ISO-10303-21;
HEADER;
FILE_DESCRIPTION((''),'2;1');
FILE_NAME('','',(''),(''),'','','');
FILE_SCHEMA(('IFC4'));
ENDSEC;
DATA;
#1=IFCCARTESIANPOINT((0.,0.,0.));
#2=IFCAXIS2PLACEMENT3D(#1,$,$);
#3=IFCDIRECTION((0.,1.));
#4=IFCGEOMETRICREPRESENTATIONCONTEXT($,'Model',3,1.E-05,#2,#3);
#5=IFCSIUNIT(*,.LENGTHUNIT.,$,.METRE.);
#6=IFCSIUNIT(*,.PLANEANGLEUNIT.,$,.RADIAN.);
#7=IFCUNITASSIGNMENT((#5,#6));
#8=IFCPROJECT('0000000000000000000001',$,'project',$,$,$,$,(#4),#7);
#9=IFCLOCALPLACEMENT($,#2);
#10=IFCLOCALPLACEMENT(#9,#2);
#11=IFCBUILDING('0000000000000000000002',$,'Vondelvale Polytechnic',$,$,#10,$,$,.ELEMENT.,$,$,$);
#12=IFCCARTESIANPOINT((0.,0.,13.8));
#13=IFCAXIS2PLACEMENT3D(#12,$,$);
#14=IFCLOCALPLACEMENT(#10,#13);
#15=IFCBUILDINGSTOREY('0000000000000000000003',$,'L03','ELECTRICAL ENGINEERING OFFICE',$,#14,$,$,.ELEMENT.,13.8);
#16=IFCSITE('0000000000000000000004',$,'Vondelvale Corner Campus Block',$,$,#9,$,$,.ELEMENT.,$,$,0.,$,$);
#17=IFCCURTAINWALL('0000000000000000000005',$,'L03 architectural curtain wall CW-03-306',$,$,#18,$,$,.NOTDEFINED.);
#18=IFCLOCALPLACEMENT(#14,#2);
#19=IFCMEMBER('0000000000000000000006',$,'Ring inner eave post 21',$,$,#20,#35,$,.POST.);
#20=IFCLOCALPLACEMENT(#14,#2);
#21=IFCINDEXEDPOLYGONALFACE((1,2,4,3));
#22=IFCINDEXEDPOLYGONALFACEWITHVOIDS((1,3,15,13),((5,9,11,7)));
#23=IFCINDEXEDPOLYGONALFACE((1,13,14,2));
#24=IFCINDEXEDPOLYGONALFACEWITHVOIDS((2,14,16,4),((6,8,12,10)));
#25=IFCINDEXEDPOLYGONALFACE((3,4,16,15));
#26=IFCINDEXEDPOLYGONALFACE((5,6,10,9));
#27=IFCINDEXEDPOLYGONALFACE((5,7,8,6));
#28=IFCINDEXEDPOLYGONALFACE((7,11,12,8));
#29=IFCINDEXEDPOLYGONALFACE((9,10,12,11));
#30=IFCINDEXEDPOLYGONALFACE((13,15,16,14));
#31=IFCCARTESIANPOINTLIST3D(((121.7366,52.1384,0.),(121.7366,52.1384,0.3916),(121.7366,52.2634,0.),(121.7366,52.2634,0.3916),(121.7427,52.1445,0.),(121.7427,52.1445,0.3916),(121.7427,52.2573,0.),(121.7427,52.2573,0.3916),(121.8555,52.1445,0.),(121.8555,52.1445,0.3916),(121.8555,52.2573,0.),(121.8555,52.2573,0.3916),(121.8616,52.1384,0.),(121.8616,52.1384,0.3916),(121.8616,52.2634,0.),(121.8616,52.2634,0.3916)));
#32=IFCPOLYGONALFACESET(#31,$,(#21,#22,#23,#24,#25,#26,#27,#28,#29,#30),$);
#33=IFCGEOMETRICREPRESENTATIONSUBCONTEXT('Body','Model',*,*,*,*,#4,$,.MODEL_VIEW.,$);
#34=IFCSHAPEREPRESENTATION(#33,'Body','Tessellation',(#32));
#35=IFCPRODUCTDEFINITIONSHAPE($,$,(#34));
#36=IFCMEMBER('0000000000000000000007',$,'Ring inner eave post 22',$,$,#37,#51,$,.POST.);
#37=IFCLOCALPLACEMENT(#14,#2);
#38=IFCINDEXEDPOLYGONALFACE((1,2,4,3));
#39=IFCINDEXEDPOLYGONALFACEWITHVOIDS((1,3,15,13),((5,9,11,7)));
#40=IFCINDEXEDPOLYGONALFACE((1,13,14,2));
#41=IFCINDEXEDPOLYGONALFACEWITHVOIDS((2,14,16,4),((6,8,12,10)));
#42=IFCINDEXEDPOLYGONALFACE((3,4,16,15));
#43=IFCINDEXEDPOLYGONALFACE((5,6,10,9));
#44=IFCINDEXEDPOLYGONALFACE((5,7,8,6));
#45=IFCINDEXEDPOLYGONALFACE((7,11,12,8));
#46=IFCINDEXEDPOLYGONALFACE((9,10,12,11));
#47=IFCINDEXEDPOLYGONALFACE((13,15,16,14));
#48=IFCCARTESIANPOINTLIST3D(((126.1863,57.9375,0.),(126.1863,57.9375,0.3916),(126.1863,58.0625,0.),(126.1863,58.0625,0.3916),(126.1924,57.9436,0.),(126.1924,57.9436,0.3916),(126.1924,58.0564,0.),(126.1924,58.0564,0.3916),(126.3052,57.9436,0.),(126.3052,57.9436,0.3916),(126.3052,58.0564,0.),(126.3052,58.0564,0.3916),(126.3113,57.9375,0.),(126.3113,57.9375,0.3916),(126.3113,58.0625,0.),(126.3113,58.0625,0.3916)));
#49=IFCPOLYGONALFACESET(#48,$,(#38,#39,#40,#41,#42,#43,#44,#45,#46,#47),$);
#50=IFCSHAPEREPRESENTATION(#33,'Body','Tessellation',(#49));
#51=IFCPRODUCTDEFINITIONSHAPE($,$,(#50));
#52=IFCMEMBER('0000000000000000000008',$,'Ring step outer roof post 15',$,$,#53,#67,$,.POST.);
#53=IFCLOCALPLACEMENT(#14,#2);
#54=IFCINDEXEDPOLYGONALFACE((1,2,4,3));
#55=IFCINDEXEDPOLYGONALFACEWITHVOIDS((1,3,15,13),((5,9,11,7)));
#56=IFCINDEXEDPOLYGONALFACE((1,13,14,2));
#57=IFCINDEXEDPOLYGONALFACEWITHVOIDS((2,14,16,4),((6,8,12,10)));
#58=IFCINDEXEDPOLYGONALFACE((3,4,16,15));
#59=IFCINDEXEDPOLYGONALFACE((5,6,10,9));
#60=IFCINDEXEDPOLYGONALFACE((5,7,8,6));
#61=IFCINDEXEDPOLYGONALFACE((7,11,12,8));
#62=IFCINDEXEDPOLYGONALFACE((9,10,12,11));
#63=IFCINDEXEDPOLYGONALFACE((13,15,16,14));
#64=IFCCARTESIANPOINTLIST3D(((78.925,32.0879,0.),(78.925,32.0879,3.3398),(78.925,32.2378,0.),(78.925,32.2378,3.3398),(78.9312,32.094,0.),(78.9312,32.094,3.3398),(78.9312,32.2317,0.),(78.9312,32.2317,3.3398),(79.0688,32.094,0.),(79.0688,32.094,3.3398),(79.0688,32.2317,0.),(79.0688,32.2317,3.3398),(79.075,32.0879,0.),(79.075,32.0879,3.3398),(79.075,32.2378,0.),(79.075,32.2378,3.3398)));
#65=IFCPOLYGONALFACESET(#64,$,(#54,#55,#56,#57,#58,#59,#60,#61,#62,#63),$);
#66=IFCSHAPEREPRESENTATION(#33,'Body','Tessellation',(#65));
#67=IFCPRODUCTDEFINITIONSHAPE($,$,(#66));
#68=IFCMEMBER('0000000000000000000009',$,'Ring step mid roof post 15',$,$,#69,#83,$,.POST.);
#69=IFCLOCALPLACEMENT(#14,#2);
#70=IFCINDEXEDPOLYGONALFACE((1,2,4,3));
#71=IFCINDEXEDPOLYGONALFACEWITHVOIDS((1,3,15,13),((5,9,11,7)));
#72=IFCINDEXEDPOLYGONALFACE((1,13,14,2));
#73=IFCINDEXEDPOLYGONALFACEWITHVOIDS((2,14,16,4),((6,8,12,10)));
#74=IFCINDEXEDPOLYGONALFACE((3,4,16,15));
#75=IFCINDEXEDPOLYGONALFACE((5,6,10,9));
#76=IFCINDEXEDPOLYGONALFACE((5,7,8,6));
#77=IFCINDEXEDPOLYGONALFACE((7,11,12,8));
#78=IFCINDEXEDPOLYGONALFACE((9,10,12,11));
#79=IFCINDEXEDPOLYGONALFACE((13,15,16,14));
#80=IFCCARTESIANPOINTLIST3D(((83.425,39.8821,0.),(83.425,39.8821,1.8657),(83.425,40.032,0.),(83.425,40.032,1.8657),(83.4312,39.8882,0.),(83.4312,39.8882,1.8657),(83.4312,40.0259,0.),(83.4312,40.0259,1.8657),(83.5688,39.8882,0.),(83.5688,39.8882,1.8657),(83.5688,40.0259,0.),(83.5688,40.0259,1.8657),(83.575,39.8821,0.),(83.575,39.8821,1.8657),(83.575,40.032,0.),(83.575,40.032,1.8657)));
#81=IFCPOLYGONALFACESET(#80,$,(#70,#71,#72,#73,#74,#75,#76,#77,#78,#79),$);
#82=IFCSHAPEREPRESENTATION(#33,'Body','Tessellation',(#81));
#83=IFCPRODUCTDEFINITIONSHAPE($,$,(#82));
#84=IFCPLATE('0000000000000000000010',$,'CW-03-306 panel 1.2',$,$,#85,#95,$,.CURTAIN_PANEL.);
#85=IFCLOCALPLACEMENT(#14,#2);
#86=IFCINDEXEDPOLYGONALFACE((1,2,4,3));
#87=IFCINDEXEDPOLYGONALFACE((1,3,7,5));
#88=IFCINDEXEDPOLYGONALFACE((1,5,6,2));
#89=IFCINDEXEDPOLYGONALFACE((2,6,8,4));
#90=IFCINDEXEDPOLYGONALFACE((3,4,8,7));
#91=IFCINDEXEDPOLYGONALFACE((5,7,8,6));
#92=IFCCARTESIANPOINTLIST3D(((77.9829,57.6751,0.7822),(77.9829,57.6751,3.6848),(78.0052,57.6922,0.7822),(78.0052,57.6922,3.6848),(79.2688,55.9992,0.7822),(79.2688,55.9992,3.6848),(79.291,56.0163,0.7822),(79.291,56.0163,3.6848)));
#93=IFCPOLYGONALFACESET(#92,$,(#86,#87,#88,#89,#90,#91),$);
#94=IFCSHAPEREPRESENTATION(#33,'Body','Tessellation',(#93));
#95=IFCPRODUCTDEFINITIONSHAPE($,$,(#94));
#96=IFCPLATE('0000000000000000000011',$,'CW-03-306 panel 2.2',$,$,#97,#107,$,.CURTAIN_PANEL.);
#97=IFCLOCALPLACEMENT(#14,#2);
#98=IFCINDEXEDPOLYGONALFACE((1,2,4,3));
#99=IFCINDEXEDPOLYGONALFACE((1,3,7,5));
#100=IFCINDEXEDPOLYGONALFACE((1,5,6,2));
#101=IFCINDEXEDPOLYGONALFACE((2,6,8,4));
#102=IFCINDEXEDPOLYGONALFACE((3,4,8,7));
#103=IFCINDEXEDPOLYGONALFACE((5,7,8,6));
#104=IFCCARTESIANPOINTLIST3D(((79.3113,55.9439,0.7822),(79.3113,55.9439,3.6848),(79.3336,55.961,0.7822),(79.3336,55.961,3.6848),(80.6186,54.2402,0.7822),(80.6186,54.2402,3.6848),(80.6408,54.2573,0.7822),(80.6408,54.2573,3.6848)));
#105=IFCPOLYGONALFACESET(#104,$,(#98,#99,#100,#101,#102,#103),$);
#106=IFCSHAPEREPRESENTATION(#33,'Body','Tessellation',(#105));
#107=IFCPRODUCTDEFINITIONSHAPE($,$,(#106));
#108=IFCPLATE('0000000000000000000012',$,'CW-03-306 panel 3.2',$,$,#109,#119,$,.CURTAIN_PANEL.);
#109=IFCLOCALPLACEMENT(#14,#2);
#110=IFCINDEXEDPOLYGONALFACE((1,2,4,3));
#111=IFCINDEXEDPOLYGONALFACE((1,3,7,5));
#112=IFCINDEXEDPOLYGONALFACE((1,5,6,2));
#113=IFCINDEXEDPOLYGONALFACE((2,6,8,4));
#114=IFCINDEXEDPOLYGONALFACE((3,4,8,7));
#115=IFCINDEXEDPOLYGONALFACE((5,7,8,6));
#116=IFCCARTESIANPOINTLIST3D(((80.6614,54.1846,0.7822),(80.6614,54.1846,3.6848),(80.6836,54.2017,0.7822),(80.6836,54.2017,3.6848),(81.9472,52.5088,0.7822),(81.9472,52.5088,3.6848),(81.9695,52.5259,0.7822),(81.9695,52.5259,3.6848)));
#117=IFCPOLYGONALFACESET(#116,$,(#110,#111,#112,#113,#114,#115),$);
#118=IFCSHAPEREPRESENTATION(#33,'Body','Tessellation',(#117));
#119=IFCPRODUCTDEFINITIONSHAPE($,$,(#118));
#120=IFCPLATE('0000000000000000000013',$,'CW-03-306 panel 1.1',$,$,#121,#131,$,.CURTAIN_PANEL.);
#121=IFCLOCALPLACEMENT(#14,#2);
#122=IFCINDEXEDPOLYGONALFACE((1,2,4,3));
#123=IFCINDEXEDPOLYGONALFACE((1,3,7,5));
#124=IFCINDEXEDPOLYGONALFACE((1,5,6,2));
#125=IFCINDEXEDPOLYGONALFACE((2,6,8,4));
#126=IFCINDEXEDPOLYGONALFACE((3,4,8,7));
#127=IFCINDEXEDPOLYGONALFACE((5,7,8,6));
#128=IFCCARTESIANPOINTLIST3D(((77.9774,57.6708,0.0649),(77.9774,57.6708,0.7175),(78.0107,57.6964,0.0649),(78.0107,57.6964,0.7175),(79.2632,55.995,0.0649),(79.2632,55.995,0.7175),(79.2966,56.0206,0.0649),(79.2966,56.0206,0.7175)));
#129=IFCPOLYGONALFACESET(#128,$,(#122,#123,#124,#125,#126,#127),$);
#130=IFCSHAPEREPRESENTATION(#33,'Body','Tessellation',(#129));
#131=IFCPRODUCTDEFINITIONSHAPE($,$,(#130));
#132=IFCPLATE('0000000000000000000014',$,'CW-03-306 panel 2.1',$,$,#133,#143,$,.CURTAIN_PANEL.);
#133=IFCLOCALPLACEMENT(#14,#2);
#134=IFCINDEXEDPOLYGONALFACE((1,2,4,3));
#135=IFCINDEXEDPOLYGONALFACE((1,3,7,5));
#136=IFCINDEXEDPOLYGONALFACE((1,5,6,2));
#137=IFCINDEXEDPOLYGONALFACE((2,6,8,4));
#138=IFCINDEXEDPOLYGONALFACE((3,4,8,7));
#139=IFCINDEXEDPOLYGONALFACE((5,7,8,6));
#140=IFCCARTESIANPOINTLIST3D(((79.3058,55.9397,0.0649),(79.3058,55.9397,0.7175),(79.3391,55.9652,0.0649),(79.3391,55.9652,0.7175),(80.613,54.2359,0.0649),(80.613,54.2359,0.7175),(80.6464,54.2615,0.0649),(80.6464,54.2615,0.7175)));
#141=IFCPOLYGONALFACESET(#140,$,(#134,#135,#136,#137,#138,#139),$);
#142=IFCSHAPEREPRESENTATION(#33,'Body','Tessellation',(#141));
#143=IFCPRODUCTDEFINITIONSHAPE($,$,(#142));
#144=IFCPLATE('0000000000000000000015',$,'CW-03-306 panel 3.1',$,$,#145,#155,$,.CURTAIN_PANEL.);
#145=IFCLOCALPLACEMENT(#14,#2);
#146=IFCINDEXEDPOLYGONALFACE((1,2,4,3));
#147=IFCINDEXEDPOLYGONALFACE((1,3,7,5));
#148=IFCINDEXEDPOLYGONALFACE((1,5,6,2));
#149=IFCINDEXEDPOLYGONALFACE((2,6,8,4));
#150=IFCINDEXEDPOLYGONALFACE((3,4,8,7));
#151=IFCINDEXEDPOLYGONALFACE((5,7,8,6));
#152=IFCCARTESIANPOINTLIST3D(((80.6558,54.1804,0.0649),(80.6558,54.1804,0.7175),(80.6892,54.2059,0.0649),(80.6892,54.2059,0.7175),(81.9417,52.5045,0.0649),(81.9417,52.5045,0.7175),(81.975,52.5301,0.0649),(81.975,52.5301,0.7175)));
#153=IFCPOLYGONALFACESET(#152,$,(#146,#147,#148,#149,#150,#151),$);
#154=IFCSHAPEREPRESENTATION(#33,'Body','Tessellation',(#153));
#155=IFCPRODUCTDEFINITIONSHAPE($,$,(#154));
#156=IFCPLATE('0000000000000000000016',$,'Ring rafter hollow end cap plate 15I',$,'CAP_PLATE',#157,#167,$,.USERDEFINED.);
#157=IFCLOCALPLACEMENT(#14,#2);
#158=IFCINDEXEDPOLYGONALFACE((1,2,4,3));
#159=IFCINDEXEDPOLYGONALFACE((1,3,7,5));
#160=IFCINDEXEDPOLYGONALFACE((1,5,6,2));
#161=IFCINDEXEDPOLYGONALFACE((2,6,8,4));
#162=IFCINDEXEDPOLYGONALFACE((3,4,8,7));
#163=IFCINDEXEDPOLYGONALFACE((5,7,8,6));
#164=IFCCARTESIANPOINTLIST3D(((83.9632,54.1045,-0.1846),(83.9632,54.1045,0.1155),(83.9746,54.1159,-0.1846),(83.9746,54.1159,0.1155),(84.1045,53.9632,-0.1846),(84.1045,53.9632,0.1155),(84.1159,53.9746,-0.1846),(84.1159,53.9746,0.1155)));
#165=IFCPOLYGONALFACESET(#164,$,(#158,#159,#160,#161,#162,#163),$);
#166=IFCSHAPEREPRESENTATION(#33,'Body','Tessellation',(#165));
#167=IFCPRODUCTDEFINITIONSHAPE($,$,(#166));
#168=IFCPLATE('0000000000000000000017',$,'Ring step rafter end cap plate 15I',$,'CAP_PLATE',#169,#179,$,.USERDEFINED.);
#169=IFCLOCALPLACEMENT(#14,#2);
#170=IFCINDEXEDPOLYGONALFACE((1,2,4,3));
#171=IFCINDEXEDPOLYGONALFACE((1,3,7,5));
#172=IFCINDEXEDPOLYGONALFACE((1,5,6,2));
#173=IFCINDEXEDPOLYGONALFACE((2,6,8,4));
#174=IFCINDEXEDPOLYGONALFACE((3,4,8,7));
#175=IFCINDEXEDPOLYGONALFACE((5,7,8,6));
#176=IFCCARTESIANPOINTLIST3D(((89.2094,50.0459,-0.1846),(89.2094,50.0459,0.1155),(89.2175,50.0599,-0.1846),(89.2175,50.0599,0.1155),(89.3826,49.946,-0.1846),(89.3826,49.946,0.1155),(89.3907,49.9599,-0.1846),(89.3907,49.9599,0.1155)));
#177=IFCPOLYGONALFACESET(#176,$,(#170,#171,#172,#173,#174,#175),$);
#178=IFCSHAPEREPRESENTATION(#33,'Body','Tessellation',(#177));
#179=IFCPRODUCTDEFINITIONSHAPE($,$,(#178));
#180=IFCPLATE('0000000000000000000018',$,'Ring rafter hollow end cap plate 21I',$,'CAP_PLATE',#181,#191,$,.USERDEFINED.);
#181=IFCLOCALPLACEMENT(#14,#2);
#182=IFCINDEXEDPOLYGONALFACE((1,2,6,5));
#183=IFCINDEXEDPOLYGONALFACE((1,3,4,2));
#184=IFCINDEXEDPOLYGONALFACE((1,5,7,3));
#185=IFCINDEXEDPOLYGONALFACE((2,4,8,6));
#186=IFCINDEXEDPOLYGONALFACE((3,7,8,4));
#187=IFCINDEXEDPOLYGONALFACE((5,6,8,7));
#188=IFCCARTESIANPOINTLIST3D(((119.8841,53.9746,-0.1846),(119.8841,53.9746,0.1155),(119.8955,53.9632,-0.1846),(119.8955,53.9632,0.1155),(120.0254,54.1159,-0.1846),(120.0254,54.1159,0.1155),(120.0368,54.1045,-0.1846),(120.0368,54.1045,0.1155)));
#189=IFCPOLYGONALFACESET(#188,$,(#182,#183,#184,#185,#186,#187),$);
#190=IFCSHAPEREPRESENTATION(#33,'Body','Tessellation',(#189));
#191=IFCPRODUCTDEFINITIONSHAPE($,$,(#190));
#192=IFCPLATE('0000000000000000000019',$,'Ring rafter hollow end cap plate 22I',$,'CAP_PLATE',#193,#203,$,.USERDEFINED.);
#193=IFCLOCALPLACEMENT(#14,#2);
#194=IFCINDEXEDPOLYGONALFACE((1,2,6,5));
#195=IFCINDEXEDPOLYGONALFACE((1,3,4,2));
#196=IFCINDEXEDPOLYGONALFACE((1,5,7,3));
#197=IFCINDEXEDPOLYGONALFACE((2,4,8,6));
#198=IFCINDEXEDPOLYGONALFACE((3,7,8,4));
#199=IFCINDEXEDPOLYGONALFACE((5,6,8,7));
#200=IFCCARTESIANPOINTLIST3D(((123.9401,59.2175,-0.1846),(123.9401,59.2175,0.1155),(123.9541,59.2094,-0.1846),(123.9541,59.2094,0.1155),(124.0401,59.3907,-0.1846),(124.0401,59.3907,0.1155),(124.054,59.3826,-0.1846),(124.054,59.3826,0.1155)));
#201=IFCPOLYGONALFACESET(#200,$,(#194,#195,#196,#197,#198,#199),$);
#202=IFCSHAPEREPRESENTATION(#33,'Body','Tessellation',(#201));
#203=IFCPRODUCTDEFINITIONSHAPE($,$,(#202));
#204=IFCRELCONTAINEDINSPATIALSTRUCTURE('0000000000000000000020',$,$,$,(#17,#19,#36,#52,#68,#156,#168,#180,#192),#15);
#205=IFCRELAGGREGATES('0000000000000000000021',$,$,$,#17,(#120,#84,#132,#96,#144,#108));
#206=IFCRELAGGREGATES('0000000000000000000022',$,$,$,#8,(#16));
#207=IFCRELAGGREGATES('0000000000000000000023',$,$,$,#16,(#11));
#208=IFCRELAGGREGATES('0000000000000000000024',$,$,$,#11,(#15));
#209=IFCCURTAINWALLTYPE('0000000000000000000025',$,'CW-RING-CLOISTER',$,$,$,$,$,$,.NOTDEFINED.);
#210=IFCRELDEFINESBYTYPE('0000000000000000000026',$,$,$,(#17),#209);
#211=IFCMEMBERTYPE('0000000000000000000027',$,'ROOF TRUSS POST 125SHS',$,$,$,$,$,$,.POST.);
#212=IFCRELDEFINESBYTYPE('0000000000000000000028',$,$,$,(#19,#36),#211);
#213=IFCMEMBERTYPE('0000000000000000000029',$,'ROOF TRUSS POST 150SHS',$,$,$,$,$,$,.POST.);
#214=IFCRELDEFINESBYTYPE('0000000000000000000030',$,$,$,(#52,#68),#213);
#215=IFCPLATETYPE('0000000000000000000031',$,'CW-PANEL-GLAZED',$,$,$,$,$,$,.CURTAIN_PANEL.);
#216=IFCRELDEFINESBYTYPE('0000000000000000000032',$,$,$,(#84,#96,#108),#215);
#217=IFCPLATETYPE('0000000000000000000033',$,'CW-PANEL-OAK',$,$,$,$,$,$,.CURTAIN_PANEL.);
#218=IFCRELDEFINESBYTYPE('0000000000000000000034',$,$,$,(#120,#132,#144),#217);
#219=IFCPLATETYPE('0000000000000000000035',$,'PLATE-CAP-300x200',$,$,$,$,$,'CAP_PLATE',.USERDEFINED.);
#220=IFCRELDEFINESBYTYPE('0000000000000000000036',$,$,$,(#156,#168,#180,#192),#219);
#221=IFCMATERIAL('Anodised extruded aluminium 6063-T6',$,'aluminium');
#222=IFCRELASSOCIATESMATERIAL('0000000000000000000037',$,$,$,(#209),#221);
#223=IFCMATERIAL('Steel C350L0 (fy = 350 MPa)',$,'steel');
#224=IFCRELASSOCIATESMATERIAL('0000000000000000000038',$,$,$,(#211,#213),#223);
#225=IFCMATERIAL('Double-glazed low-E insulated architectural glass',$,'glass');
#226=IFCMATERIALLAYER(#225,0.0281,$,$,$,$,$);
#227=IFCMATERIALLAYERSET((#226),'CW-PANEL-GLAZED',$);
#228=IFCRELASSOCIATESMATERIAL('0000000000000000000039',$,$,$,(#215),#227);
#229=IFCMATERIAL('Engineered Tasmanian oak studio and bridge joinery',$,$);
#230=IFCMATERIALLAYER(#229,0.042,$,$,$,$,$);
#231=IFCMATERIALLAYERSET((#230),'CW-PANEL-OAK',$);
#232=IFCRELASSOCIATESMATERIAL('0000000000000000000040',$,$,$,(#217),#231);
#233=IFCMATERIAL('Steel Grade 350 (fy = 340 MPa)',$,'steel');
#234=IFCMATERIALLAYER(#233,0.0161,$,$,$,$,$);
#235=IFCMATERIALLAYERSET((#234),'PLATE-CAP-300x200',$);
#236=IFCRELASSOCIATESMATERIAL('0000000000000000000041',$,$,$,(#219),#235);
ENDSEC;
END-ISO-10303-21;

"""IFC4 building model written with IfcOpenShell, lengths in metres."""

from ifc_helpers import new_model, si_unit, direction, frame, origin, origin_2d, place, context, subcontext, project, spatial, rectangle, hollow_rectangle, extrude, material, layer, layer_set, material_profile, profile_set, type_object, element, aggregate, save


model = new_model("IFC4")

# Units and contexts
model_context = context("Model", 3, precision=1e-05, world=origin(), true_north=direction((0.0, 1.0)))
body_context = subcontext(model_context, "Body", "Model", "MODEL_VIEW")
ifc_project = project(units=[si_unit("LENGTHUNIT", "METRE"), si_unit("PLANEANGLEUNIT", "RADIAN")], contexts=[model_context])

# Site, building, storey
site_placement = place(None, origin())
site = spatial("IfcSite", under=ifc_project, at=site_placement, Name="Vondelvale Corner Campus Block", CompositionType="ELEMENT", RefElevation=0.0)
building_placement = place(site_placement, origin())
building = spatial("IfcBuilding", under=site, at=building_placement, Name="Vondelvale Polytechnic", CompositionType="ELEMENT")
storey_placement = place(building_placement, frame((0.0, 0.0, 13.8)))
storey = spatial("IfcBuildingStorey", under=building, at=storey_placement, Name="L03", Description="ELECTRICAL ENGINEERING OFFICE", CompositionType="ELEMENT", Elevation=13.8)

# Curtain wall
ifc_material_1 = material(Name="Anodised extruded aluminium 6063-T6", Category="aluminium")
curtain_wall_type = type_object("IfcCurtainWallType", Name="CW-RING-CLOISTER", PredefinedType="NOTDEFINED", material=ifc_material_1)
curtain_wall_placement = place(storey_placement, origin())
curtain_wall = element("IfcCurtainWall", 1, at=curtain_wall_placement, inside=storey, type_object=curtain_wall_type, Name="L03 architectural curtain wall CW-03-306", PredefinedType="NOTDEFINED")

# Members
ifc_material_2 = material(Name="Steel C350L0 (fy = 350 MPa)", Category="steel")
ifc_material_profile_1 = material_profile(ifc_material_2, hollow_rectangle(XDim=0.125, YDim=0.125, WallThickness=0.0061, at=origin_2d()), Name="125x125x6.0SHS")
ifc_profile_set_1 = profile_set([ifc_material_profile_1], Name="Steel C350L0 (fy = 350 MPa)")
member_type_1 = type_object("IfcMemberType", Name="ROOF TRUSS POST 125SHS", PredefinedType="POST", material=ifc_profile_set_1)
for number, where, z_axis, x_axis, name in (
    (2, (121.7991, 52.2009, 0.0), (0.0, 0.0, 1.0), (1.0, 0.0, 0.0), "Ring inner eave post 21"),
    (3, (126.2488, 58.0, 0.0), (0.0, 0.0, 1.0), (1.0, 0.0, 0.0), "Ring inner eave post 22"),
):
    element("IfcMember", number, at=place(storey_placement, frame(where, z_axis=z_axis, x_axis=x_axis)), inside=storey, type_object=member_type_1, Name=name, PredefinedType="POST", context=body_context, shape_type="SweptSolid", body=[
        extrude(hollow_rectangle(XDim=0.125, YDim=0.125, WallThickness=0.0061, at=origin_2d()), origin(), (0.0, 0.0, 1.0), 0.3916),
    ])
ifc_material_profile_2 = material_profile(ifc_material_2, hollow_rectangle(XDim=0.1499, YDim=0.1499, WallThickness=0.0061, at=origin_2d()), Name="150x150x6.0SHS")
ifc_profile_set_2 = profile_set([ifc_material_profile_2], Name="Steel C350L0 (fy = 350 MPa)")
member_type_2 = type_object("IfcMemberType", Name="ROOF TRUSS POST 150SHS", PredefinedType="POST", material=ifc_profile_set_2)
member_1_placement = place(storey_placement, frame((79.0, 32.1628, 0.0), z_axis=(0.0, 0.0, 1.0), x_axis=(1.0, 0.0, 0.0)))
element("IfcMember", 4, at=member_1_placement, inside=storey, type_object=member_type_2, Name="Ring step outer roof post 15", PredefinedType="POST", context=body_context, shape_type="SweptSolid", body=[
    extrude(hollow_rectangle(XDim=0.1499, YDim=0.1499, WallThickness=0.0061, at=origin_2d()), origin(), (0.0, 0.0, 1.0), 3.3398),
])
member_2_placement = place(storey_placement, frame((83.5, 39.957, 0.0), z_axis=(0.0, 0.0, 1.0), x_axis=(1.0, 0.0, 0.0)))
element("IfcMember", 5, at=member_2_placement, inside=storey, type_object=member_type_2, Name="Ring step mid roof post 15", PredefinedType="POST", context=body_context, shape_type="SweptSolid", body=[
    extrude(hollow_rectangle(XDim=0.1499, YDim=0.1499, WallThickness=0.0061, at=origin_2d()), origin(), (0.0, 0.0, 1.0), 1.8657),
])

# Plates
ifc_material_3 = material(Name="Double-glazed low-E insulated architectural glass", Category="glass")
ifc_layer_1 = layer(ifc_material_3, 0.0281)
ifc_layer_set_1 = layer_set([ifc_layer_1], Name="CW-PANEL-GLAZED")
plate_type_1 = type_object("IfcPlateType", Name="CW-PANEL-GLAZED", PredefinedType="CURTAIN_PANEL", material=ifc_layer_set_1)
plate_1_placement = place(storey_placement, frame((78.637, 56.8457, 0.7822), z_axis=(0.0, 0.0, 1.0), x_axis=(0.608748, -0.793364, 0.0)))
plate_1 = element("IfcPlate", 6, at=plate_1_placement, type_object=plate_type_1, Name="CW-03-306 panel 1.2", PredefinedType="CURTAIN_PANEL", context=body_context, shape_type="SweptSolid", body=[
    extrude(rectangle(XDim=2.1123, YDim=0.0281, at=origin_2d()), origin(), (0.0, 0.0, 1.0), 2.9026),
])
plate_2_placement = place(storey_placement, frame((79.9761, 55.1006, 0.7822), z_axis=(0.0, 0.0, 1.0), x_axis=(0.608748, -0.793364, 0.0)))
plate_2 = element("IfcPlate", 7, at=plate_2_placement, type_object=plate_type_1, Name="CW-03-306 panel 2.2", PredefinedType="CURTAIN_PANEL", context=body_context, shape_type="SweptSolid", body=[
    extrude(rectangle(XDim=2.1475, YDim=0.0281, at=origin_2d()), origin(), (0.0, 0.0, 1.0), 2.9026),
])
plate_3_placement = place(storey_placement, frame((81.3154, 53.3552, 0.7822), z_axis=(0.0, 0.0, 1.0), x_axis=(0.608748, -0.793364, 0.0)))
plate_3 = element("IfcPlate", 8, at=plate_3_placement, type_object=plate_type_1, Name="CW-03-306 panel 3.2", PredefinedType="CURTAIN_PANEL", context=body_context, shape_type="SweptSolid", body=[
    extrude(rectangle(XDim=2.1123, YDim=0.0281, at=origin_2d()), origin(), (0.0, 0.0, 1.0), 2.9026),
])
ifc_material_4 = material(Name="Engineered Tasmanian oak studio and bridge joinery")
ifc_layer_2 = layer(ifc_material_4, 0.042)
ifc_layer_set_2 = layer_set([ifc_layer_2], Name="CW-PANEL-OAK")
plate_type_2 = type_object("IfcPlateType", Name="CW-PANEL-OAK", PredefinedType="CURTAIN_PANEL", material=ifc_layer_set_2)
plate_4_placement = place(storey_placement, frame((78.637, 56.8457, 0.0649), z_axis=(0.0, 0.0, 1.0), x_axis=(0.608748, -0.793364, 0.0)))
plate_4 = element("IfcPlate", 9, at=plate_4_placement, type_object=plate_type_2, Name="CW-03-306 panel 1.1", PredefinedType="CURTAIN_PANEL", context=body_context, shape_type="SweptSolid", body=[
    extrude(rectangle(XDim=2.1123, YDim=0.042, at=origin_2d()), origin(), (0.0, 0.0, 1.0), 0.6526),
])
plate_5_placement = place(storey_placement, frame((79.9761, 55.1006, 0.0649), z_axis=(0.0, 0.0, 1.0), x_axis=(0.608748, -0.793364, 0.0)))
plate_5 = element("IfcPlate", 10, at=plate_5_placement, type_object=plate_type_2, Name="CW-03-306 panel 2.1", PredefinedType="CURTAIN_PANEL", context=body_context, shape_type="SweptSolid", body=[
    extrude(rectangle(XDim=2.1475, YDim=0.042, at=origin_2d()), origin(), (0.0, 0.0, 1.0), 0.6526),
])
plate_6_placement = place(storey_placement, frame((81.3154, 53.3552, 0.0649), z_axis=(0.0, 0.0, 1.0), x_axis=(0.608748, -0.793364, 0.0)))
plate_6 = element("IfcPlate", 11, at=plate_6_placement, type_object=plate_type_2, Name="CW-03-306 panel 3.1", PredefinedType="CURTAIN_PANEL", context=body_context, shape_type="SweptSolid", body=[
    extrude(rectangle(XDim=2.1123, YDim=0.042, at=origin_2d()), origin(), (0.0, 0.0, 1.0), 0.6526),
])
aggregate(curtain_wall, [plate_4, plate_1, plate_5, plate_2, plate_6, plate_3])

# Plates
ifc_material_5 = material(Name="Steel Grade 350 (fy = 340 MPa)", Category="steel")
ifc_layer_3 = layer(ifc_material_5, 0.0161)
ifc_layer_set_3 = layer_set([ifc_layer_3], Name="PLATE-CAP-300x200")
plate_type_3 = type_object("IfcPlateType", Name="PLATE-CAP-300x200", ElementType="CAP_PLATE", PredefinedType="USERDEFINED", material=ifc_layer_set_3)
for number, where, z_axis, x_axis, name in (
    (12, (84.0396, 54.0396, -0.1846), (0.0, 0.0, 1.0), (0.707107, 0.707107, 0.0), "Ring rafter hollow end cap plate 15I"),
    (13, (89.3, 50.0029, -0.1846), (0.0, 0.0, 1.0), (0.5, 0.866025, 0.0), "Ring step rafter end cap plate 15I"),
    (14, (119.9604, 54.0396, -0.1846), (0.0, 0.0, 1.0), (-0.707107, 0.707107, 0.0), "Ring rafter hollow end cap plate 21I"),
    (15, (123.9971, 59.3, -0.1846), (0.0, 0.0, 1.0), (-0.866025, 0.5, 0.0), "Ring rafter hollow end cap plate 22I"),
):
    element("IfcPlate", number, at=place(storey_placement, frame(where, z_axis=z_axis, x_axis=x_axis)), inside=storey, type_object=plate_type_3, Name=name, ObjectType="CAP_PLATE", PredefinedType="USERDEFINED", context=body_context, shape_type="SweptSolid", body=[
        extrude(rectangle(XDim=0.0161, YDim=0.2, at=origin_2d()), origin(), (0.0, 0.0, 1.0), 0.3),
    ])

save(model, "model.ifc")
